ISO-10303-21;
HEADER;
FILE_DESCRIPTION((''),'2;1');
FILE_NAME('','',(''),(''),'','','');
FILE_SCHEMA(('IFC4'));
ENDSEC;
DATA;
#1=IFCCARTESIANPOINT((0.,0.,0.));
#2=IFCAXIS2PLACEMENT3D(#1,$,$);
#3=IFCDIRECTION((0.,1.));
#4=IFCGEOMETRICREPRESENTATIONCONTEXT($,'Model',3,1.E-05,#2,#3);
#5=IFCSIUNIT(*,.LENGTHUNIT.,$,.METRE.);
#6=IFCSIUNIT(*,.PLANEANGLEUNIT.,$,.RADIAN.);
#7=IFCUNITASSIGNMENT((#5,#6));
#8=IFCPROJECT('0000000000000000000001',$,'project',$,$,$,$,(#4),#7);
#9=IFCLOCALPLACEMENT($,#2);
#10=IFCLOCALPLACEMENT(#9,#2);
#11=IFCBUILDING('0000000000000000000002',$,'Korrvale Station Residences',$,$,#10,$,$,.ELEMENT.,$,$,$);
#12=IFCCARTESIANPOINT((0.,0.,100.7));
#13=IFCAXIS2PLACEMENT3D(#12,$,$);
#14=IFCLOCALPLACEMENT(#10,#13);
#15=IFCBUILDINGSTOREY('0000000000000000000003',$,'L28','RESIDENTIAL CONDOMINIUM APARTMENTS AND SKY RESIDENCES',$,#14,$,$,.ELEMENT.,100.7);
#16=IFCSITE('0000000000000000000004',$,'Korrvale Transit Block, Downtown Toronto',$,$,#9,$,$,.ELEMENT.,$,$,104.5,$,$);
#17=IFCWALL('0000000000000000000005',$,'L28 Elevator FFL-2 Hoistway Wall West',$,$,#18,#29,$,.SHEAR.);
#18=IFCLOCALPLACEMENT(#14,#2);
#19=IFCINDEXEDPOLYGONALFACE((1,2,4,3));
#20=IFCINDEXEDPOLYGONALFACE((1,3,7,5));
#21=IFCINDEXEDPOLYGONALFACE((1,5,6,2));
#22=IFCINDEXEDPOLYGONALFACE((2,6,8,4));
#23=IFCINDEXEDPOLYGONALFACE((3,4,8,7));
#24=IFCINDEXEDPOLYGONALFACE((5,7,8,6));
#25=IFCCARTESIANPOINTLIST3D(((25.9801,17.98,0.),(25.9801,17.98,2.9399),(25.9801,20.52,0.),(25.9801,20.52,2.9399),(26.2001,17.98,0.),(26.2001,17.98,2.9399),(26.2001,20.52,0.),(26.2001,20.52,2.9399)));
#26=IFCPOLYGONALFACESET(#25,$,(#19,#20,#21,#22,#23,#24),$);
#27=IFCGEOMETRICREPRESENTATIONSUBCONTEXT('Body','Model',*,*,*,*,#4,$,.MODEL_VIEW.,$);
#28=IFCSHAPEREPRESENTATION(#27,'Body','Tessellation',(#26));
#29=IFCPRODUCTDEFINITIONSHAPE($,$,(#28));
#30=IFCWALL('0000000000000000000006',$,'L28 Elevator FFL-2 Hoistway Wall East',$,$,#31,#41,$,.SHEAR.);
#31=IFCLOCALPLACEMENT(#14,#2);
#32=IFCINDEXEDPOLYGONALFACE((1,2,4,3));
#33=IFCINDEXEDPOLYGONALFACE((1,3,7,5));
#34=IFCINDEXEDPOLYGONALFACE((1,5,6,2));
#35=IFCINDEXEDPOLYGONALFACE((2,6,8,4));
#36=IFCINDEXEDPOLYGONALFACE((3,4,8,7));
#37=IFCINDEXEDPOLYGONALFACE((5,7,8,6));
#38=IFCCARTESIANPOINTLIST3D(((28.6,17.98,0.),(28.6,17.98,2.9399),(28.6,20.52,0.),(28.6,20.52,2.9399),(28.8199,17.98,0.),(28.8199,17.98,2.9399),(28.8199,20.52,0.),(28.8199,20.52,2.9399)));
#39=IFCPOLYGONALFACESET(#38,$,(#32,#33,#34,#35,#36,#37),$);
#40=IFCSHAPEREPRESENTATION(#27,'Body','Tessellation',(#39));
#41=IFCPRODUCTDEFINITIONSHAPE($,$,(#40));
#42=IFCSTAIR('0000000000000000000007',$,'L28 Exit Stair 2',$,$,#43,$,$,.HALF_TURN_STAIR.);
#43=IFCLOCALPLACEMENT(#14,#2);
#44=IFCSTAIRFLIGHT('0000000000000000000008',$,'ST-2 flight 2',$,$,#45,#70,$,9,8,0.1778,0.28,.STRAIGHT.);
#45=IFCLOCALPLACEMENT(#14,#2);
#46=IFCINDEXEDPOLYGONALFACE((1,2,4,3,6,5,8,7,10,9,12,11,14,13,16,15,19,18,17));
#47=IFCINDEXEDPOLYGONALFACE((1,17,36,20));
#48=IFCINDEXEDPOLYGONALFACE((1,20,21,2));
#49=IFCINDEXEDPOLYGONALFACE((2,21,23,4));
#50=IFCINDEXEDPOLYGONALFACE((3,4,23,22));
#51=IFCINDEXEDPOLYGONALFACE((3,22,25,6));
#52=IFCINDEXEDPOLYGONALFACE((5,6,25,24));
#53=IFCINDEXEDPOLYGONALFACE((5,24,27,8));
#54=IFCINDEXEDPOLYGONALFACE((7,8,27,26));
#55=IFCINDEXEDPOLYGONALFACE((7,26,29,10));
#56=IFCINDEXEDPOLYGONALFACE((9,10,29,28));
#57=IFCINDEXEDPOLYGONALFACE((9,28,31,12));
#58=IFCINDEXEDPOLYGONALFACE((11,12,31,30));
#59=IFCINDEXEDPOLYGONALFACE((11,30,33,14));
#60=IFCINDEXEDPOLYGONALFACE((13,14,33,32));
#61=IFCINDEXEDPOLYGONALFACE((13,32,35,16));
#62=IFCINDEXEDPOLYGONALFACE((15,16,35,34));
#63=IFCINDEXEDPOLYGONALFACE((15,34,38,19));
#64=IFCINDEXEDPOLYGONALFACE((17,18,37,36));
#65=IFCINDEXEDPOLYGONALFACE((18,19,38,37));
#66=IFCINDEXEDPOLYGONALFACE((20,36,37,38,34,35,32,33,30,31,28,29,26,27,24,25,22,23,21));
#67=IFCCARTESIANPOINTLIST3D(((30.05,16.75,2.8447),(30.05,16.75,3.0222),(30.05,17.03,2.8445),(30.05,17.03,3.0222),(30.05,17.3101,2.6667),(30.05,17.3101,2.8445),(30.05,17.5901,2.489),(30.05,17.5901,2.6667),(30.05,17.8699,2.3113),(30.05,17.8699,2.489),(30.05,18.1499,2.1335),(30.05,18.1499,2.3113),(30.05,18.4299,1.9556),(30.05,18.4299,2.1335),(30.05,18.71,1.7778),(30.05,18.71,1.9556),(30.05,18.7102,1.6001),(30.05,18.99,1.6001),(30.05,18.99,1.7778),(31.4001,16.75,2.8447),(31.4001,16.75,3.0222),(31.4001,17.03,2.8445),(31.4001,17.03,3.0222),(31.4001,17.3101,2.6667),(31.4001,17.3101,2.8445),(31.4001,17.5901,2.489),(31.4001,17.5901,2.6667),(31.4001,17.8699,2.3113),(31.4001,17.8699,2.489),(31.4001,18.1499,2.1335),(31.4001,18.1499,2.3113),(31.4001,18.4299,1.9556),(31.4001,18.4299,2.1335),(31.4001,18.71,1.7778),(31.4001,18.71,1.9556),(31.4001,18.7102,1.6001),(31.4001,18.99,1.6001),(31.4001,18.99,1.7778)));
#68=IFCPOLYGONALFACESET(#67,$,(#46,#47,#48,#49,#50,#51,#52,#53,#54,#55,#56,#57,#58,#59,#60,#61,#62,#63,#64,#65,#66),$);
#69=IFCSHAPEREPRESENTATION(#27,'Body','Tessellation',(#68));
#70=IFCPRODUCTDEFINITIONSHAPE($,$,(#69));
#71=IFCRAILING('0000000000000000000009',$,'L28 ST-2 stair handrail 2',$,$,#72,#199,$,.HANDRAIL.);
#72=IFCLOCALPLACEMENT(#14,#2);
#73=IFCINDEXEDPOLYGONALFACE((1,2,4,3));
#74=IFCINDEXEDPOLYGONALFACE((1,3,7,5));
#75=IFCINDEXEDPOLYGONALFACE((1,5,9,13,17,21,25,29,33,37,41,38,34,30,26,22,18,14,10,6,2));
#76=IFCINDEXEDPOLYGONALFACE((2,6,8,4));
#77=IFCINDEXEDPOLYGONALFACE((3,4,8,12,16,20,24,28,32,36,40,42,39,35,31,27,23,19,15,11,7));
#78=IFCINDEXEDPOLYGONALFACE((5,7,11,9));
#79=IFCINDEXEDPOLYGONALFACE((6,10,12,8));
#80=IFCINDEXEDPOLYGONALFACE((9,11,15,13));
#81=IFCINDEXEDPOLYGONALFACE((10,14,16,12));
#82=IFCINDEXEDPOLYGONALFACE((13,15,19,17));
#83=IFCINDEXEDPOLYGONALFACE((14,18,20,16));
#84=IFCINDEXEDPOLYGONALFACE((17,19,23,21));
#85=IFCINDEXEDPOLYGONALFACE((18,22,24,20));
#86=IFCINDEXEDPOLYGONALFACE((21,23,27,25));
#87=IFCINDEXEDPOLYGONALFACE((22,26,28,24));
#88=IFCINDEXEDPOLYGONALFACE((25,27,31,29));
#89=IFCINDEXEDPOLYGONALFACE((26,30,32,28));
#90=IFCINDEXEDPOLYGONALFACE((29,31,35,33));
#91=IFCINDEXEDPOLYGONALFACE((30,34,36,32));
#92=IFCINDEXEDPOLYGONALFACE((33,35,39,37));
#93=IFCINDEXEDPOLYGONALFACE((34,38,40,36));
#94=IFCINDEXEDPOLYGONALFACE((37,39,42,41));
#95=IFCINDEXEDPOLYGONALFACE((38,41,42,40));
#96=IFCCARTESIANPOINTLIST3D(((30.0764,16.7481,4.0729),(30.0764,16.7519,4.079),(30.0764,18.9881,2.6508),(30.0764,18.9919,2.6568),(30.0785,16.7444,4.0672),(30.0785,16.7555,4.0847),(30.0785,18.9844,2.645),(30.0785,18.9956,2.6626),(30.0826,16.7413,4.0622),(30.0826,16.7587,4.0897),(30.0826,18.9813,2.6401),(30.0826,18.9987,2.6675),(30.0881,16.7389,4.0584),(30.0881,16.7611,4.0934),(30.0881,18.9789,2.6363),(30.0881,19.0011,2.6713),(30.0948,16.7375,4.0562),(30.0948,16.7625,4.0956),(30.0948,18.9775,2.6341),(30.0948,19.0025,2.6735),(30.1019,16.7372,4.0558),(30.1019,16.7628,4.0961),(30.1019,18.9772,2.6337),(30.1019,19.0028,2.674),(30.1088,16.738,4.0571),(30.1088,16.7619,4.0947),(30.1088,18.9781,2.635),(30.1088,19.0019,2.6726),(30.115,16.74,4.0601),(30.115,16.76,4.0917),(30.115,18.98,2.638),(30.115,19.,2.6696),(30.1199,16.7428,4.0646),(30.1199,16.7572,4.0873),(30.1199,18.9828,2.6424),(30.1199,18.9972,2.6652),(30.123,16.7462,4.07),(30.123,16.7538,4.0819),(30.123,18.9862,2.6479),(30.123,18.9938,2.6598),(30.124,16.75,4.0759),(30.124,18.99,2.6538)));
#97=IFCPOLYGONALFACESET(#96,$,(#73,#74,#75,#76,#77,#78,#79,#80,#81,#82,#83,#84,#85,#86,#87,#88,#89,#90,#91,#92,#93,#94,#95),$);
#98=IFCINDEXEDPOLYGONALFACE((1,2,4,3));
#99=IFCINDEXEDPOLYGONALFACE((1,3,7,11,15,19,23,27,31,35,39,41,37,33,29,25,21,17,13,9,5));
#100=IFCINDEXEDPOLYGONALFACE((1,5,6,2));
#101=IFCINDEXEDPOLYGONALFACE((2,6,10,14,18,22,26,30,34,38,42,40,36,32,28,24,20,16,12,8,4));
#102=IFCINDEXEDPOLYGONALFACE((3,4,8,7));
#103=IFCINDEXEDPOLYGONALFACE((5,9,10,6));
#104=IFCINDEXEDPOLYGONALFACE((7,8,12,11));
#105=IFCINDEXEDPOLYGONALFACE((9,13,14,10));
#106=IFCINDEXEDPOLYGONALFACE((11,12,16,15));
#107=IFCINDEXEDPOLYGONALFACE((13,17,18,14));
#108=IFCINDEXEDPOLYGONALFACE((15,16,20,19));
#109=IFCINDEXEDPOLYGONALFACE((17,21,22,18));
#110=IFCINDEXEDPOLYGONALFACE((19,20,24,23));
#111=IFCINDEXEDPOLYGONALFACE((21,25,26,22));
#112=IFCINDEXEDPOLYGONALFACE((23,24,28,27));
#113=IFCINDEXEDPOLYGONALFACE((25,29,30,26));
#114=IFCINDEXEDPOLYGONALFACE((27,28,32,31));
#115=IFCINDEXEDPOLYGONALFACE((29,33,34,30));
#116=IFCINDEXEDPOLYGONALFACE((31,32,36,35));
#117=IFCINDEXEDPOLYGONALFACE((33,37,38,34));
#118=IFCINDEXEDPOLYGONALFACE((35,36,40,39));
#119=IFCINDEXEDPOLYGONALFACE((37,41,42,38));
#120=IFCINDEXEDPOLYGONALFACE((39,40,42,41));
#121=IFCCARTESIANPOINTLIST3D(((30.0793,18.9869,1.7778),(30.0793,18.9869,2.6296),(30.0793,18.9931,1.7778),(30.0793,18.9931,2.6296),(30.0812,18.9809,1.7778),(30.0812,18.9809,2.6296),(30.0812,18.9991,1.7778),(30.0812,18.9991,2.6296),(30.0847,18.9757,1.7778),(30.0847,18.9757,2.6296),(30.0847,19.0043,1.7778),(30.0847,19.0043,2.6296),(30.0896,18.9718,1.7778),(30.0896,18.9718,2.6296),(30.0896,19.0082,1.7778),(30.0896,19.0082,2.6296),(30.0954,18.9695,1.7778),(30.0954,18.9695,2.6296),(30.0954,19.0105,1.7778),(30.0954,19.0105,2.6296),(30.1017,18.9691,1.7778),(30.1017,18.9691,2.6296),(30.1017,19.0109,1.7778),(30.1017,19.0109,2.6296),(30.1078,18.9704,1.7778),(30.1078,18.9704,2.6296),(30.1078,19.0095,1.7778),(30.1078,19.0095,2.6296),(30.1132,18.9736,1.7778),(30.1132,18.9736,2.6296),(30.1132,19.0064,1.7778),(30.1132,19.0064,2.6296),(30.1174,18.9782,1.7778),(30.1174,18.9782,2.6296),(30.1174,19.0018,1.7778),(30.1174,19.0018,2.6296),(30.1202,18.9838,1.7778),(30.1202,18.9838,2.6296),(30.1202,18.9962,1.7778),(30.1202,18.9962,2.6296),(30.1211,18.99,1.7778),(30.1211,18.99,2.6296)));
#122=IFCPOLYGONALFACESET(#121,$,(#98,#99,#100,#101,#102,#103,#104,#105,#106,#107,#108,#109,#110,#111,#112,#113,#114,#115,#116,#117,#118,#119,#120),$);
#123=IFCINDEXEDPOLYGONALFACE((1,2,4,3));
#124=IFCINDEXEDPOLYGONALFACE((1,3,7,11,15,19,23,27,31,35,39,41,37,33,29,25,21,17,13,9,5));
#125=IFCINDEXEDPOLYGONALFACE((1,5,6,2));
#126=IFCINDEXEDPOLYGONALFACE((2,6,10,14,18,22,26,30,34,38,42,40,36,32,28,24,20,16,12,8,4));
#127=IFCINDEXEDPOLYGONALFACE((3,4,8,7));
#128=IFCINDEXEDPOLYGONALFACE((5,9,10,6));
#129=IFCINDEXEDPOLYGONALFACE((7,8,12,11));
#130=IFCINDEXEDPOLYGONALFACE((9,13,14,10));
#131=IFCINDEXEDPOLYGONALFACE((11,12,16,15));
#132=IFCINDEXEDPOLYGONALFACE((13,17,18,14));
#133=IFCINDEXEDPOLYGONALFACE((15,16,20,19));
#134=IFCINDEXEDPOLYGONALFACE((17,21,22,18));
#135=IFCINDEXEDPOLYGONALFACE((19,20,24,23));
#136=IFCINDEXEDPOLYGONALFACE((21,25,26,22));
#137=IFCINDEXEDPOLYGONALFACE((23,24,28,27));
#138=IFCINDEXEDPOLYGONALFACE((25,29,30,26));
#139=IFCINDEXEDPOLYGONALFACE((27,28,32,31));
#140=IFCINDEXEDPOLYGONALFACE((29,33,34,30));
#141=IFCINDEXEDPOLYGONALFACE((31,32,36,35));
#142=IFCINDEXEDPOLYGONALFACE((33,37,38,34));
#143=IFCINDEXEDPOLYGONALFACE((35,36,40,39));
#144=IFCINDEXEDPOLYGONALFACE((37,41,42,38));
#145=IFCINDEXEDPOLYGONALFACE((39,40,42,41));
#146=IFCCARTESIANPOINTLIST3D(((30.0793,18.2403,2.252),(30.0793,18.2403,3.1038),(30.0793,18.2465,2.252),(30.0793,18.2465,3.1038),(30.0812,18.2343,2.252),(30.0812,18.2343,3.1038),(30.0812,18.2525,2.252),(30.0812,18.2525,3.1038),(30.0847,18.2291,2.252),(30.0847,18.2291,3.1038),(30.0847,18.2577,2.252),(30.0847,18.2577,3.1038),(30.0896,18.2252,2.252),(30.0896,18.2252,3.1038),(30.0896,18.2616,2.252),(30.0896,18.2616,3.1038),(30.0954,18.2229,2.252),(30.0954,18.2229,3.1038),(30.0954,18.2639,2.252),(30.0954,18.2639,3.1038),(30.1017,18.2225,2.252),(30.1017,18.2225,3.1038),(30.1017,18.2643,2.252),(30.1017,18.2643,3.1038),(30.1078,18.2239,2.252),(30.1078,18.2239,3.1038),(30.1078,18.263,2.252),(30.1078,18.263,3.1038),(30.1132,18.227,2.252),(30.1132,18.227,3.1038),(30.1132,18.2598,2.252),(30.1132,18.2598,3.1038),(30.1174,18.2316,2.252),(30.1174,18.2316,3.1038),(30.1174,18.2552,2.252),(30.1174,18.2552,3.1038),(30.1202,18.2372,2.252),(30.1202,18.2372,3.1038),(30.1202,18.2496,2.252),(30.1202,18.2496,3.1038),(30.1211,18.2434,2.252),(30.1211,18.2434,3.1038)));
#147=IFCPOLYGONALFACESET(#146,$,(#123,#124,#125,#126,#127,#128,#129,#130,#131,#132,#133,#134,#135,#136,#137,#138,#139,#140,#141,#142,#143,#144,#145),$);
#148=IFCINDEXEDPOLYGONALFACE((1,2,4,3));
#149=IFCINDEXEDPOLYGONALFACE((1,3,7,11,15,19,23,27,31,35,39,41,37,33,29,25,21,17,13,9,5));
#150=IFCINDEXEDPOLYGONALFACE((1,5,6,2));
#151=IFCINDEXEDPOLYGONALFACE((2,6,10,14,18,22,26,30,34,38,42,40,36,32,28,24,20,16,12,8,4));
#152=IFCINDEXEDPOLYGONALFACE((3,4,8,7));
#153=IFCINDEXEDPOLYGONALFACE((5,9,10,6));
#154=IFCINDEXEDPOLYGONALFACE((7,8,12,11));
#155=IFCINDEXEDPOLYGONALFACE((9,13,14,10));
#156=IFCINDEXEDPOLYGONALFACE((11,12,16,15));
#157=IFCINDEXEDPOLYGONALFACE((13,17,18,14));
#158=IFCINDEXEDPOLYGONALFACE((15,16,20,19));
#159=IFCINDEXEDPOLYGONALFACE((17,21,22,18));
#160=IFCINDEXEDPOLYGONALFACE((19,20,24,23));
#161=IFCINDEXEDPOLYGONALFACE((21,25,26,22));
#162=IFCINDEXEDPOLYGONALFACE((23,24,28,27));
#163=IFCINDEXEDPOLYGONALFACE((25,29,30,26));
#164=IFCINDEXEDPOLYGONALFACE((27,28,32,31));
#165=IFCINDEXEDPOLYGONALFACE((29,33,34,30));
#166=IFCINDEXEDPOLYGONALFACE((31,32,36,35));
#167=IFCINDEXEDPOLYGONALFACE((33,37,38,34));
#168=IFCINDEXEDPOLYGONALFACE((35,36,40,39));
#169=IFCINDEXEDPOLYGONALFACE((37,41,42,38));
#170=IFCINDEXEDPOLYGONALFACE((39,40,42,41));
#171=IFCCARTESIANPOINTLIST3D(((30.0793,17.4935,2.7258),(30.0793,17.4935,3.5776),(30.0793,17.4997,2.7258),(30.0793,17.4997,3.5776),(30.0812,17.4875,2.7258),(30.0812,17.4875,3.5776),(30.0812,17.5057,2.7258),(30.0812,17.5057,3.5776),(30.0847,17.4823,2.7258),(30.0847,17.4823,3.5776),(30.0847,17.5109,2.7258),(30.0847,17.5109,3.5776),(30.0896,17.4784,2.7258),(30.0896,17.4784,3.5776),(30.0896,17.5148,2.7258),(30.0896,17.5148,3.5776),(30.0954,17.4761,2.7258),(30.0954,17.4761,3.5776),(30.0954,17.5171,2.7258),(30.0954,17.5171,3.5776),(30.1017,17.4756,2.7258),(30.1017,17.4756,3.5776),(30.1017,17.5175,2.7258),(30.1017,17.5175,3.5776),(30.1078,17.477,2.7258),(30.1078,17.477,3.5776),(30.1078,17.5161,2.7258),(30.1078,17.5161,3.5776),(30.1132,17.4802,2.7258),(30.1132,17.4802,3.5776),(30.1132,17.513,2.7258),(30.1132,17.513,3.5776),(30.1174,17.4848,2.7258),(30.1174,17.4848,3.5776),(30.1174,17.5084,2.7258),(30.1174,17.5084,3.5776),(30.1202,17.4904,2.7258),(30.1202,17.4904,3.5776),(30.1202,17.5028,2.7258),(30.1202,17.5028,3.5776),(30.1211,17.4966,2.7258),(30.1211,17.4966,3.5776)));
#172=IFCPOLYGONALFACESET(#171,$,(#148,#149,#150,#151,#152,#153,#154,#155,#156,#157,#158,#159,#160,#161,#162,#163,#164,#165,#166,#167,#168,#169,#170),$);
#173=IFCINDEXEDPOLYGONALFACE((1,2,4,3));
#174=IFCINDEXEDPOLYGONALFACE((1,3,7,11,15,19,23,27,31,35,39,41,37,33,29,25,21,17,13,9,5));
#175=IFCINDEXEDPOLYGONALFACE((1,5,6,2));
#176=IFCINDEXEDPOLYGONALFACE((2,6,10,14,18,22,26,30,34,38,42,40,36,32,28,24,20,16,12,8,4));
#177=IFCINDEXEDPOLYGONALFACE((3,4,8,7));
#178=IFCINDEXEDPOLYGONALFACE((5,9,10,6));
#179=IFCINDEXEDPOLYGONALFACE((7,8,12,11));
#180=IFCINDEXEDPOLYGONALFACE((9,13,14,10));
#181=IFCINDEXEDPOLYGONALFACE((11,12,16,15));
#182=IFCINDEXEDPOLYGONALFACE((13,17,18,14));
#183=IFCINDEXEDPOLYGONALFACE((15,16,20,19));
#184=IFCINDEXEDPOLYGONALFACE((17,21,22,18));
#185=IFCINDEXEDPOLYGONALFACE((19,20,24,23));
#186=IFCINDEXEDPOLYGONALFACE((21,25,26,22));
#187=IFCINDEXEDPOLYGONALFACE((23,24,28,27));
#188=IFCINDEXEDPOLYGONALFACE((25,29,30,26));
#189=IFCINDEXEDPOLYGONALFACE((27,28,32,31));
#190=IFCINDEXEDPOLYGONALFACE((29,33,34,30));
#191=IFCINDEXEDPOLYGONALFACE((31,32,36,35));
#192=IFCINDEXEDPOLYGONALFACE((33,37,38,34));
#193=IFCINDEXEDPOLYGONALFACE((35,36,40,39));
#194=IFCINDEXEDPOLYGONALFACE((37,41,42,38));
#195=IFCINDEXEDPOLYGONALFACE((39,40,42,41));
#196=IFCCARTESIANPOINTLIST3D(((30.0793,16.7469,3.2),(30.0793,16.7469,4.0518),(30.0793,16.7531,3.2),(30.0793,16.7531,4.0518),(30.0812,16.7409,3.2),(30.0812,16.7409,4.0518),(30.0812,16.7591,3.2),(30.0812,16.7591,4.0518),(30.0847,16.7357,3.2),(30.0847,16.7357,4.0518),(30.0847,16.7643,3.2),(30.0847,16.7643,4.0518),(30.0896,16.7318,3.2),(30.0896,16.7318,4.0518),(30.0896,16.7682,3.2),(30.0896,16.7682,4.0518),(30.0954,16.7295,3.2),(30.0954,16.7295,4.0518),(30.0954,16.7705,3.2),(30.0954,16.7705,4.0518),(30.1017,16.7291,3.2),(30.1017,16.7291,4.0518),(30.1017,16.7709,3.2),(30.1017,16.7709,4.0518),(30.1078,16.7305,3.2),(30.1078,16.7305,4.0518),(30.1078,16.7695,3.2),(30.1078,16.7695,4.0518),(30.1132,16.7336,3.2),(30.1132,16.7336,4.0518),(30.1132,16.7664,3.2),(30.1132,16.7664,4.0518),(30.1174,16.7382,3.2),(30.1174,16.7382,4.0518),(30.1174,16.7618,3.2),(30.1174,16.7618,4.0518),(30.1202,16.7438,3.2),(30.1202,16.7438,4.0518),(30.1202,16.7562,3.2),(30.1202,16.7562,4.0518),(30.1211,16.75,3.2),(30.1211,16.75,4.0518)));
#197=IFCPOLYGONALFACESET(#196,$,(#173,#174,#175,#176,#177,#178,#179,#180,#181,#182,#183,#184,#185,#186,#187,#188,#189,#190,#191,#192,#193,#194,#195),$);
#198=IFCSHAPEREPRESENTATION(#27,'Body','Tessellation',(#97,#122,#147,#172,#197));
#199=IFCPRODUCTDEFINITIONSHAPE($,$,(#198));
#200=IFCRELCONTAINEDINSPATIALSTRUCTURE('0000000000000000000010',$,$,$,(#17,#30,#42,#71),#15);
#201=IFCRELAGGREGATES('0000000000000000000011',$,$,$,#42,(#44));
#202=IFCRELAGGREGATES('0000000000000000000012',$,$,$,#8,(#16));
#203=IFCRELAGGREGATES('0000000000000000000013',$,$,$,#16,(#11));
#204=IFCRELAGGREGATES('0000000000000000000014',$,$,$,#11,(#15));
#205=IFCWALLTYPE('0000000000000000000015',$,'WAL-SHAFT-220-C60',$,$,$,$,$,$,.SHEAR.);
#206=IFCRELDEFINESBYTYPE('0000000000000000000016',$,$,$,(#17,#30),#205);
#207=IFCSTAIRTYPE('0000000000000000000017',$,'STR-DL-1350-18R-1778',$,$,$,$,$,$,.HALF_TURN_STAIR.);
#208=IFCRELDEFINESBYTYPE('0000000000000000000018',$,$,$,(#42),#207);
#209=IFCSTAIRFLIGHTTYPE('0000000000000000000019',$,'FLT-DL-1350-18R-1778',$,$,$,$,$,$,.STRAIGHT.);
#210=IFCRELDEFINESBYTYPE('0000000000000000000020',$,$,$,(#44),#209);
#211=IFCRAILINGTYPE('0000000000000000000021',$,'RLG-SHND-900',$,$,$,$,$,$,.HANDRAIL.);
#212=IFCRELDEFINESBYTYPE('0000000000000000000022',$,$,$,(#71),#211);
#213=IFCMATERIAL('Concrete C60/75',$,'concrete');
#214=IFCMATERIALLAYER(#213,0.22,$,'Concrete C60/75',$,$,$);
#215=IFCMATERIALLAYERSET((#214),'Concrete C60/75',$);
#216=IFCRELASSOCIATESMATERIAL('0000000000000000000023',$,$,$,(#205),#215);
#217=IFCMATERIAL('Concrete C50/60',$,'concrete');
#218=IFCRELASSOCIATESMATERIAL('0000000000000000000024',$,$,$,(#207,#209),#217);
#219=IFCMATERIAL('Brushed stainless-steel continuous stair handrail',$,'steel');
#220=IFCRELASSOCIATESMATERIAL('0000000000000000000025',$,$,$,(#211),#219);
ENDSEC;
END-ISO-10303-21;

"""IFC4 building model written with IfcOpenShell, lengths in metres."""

from ifc_helpers import new_model, si_unit, direction, frame, frame_2d, origin, origin_2d, place, context, subcontext, project, spatial, polyline, rectangle, circle, outline, extrude, material, layer, layer_set, type_object, element, aggregate, save


model = new_model("IFC4")

# Units and contexts
model_context = context("Model", 3, precision=1e-05, world=origin(), true_north=direction((0.0, 1.0)))
body_context = subcontext(model_context, "Body", "Model", "MODEL_VIEW")
ifc_project = project(units=[si_unit("LENGTHUNIT", "METRE"), si_unit("PLANEANGLEUNIT", "RADIAN")], contexts=[model_context])

# Site, building, storey
site_placement = place(None, origin())
site = spatial("IfcSite", under=ifc_project, at=site_placement, Name="Korrvale Transit Block, Downtown Toronto", CompositionType="ELEMENT", RefElevation=104.5)
building_placement = place(site_placement, origin())
building = spatial("IfcBuilding", under=site, at=building_placement, Name="Korrvale Station Residences", CompositionType="ELEMENT")
storey_placement = place(building_placement, frame((0.0, 0.0, 100.7)))
storey = spatial("IfcBuildingStorey", under=building, at=storey_placement, Name="L28", Description="RESIDENTIAL CONDOMINIUM APARTMENTS AND SKY RESIDENCES", CompositionType="ELEMENT", Elevation=100.7)

# Shared definitions
ifc_material_1 = material(Name="Concrete C60/75", Category="concrete")

# Shared definitions
ifc_layer_1 = layer(ifc_material_1, 0.22, Name="Concrete C60/75")
ifc_layer_set_1 = layer_set([ifc_layer_1], Name="Concrete C60/75")
wall_type_1 = type_object("IfcWallType", Name="WAL-SHAFT-220-C60", PredefinedType="SHEAR", material=ifc_layer_set_1)

# Walls
for number, where, z_axis, x_axis, name in (
    (1, (26.0901, 17.98, 0.0), (0.0, 0.0, 1.0), (0.0, 1.0, 0.0), "L28 Elevator FFL-2 Hoistway Wall West"),
    (2, (28.71, 17.98, 0.0), (0.0, 0.0, 1.0), (0.0, 1.0, 0.0), "L28 Elevator FFL-2 Hoistway Wall East"),
):
    element("IfcWall", number, at=place(storey_placement, frame(where, z_axis=z_axis, x_axis=x_axis)), inside=storey, type_object=wall_type_1, Name=name, PredefinedType="SHEAR", context=body_context, shape_type="SweptSolid", body=[
        extrude(rectangle(XDim=2.54, YDim=0.22, at=frame_2d((1.27, 0.0))), origin(), (0.0, 0.0, 1.0), 2.9399),
    ])

# Stair, stair flight
ifc_material_2 = material(Name="Concrete C50/60", Category="concrete")
stair_type = type_object("IfcStairType", Name="STR-DL-1350-18R-1778", PredefinedType="HALF_TURN_STAIR", material=ifc_material_2)
stair_placement = place(storey_placement, origin())
stair = element("IfcStair", 3, at=stair_placement, inside=storey, type_object=stair_type, Name="L28 Exit Stair 2", PredefinedType="HALF_TURN_STAIR")
stair_flight_type = type_object("IfcStairFlightType", Name="FLT-DL-1350-18R-1778", PredefinedType="STRAIGHT", material=ifc_material_2)
stair_flight_placement = place(storey_placement, frame((30.7251, 18.99, 1.6001), z_axis=(0.0, 0.0, 1.0), x_axis=(0.0, -1.0, 0.0)))
stair_flight = element("IfcStairFlight", 4, at=stair_flight_placement, type_object=stair_flight_type, Name="ST-2 flight 2", NumberOfRisers=9, NumberOfTreads=8, PredefinedType="STRAIGHT", RiserHeight=0.1778, TreadLength=0.28, context=body_context, shape_type="SweptSolid", body=[
    extrude(outline(polyline([(0.0, 0.0), (0.0, 0.1777), (0.28, 0.1777), (0.28, 0.3555), (0.5601, 0.3555), (0.5601, 0.5334), (0.8401, 0.5334), (0.8401, 0.7112), (1.1201, 0.7112), (1.1201, 0.8889), (1.3999, 0.8889), (1.3999, 1.0667), (1.6799, 1.0667), (1.6799, 1.2444), (1.96, 1.2444), (1.96, 1.4221), (2.24, 1.4221), (2.24, 1.6001), (2.24, 1.2446), (0.2798, 0.0), (0.0, 0.0)])), frame((0.0, 0.675, 0.0), z_axis=(0.0, -1.0, 0.0), x_axis=(1.0, 0.0, 0.0)), (0.0, 0.0, 1.0), 1.3501),
])
aggregate(stair, [stair_flight])

# Railing
ifc_material_3 = material(Name="Brushed stainless-steel continuous stair handrail", Category="steel")
railing_type_1 = type_object("IfcRailingType", Name="RLG-SHND-900", PredefinedType="HANDRAIL", material=ifc_material_3)
railing_1_placement = place(storey_placement, frame((30.1001, 18.99, 1.7778)))
element("IfcRailing", 5, at=railing_1_placement, inside=storey, type_object=railing_type_1, Name="L28 ST-2 stair handrail 2", PredefinedType="HANDRAIL", context=body_context, shape_type="SweptSolid", body=[
    extrude(circle(Radius=0.0239, at=origin_2d()), frame((0.0, 0.0, 0.876), z_axis=(0.0, -0.844229, 0.535982), x_axis=(1.0, 0.0, 0.0)), (0.0, 0.0, 1.0), 2.6533),
    extrude(circle(Radius=0.021, at=origin_2d()), origin(), (0.0, 0.0, 1.0), 0.8518),
    extrude(circle(Radius=0.021, at=origin_2d()), frame((0.0, -0.7466, 0.4741)), (0.0, 0.0, 1.0), 0.8518),
    extrude(circle(Radius=0.021, at=origin_2d()), frame((0.0, -1.4934, 0.948)), (0.0, 0.0, 1.0), 0.8518),
    extrude(circle(Radius=0.021, at=origin_2d()), frame((0.0, -2.24, 1.4221)), (0.0, 0.0, 1.0), 0.8518),
])

save(model, "model.ifc")
